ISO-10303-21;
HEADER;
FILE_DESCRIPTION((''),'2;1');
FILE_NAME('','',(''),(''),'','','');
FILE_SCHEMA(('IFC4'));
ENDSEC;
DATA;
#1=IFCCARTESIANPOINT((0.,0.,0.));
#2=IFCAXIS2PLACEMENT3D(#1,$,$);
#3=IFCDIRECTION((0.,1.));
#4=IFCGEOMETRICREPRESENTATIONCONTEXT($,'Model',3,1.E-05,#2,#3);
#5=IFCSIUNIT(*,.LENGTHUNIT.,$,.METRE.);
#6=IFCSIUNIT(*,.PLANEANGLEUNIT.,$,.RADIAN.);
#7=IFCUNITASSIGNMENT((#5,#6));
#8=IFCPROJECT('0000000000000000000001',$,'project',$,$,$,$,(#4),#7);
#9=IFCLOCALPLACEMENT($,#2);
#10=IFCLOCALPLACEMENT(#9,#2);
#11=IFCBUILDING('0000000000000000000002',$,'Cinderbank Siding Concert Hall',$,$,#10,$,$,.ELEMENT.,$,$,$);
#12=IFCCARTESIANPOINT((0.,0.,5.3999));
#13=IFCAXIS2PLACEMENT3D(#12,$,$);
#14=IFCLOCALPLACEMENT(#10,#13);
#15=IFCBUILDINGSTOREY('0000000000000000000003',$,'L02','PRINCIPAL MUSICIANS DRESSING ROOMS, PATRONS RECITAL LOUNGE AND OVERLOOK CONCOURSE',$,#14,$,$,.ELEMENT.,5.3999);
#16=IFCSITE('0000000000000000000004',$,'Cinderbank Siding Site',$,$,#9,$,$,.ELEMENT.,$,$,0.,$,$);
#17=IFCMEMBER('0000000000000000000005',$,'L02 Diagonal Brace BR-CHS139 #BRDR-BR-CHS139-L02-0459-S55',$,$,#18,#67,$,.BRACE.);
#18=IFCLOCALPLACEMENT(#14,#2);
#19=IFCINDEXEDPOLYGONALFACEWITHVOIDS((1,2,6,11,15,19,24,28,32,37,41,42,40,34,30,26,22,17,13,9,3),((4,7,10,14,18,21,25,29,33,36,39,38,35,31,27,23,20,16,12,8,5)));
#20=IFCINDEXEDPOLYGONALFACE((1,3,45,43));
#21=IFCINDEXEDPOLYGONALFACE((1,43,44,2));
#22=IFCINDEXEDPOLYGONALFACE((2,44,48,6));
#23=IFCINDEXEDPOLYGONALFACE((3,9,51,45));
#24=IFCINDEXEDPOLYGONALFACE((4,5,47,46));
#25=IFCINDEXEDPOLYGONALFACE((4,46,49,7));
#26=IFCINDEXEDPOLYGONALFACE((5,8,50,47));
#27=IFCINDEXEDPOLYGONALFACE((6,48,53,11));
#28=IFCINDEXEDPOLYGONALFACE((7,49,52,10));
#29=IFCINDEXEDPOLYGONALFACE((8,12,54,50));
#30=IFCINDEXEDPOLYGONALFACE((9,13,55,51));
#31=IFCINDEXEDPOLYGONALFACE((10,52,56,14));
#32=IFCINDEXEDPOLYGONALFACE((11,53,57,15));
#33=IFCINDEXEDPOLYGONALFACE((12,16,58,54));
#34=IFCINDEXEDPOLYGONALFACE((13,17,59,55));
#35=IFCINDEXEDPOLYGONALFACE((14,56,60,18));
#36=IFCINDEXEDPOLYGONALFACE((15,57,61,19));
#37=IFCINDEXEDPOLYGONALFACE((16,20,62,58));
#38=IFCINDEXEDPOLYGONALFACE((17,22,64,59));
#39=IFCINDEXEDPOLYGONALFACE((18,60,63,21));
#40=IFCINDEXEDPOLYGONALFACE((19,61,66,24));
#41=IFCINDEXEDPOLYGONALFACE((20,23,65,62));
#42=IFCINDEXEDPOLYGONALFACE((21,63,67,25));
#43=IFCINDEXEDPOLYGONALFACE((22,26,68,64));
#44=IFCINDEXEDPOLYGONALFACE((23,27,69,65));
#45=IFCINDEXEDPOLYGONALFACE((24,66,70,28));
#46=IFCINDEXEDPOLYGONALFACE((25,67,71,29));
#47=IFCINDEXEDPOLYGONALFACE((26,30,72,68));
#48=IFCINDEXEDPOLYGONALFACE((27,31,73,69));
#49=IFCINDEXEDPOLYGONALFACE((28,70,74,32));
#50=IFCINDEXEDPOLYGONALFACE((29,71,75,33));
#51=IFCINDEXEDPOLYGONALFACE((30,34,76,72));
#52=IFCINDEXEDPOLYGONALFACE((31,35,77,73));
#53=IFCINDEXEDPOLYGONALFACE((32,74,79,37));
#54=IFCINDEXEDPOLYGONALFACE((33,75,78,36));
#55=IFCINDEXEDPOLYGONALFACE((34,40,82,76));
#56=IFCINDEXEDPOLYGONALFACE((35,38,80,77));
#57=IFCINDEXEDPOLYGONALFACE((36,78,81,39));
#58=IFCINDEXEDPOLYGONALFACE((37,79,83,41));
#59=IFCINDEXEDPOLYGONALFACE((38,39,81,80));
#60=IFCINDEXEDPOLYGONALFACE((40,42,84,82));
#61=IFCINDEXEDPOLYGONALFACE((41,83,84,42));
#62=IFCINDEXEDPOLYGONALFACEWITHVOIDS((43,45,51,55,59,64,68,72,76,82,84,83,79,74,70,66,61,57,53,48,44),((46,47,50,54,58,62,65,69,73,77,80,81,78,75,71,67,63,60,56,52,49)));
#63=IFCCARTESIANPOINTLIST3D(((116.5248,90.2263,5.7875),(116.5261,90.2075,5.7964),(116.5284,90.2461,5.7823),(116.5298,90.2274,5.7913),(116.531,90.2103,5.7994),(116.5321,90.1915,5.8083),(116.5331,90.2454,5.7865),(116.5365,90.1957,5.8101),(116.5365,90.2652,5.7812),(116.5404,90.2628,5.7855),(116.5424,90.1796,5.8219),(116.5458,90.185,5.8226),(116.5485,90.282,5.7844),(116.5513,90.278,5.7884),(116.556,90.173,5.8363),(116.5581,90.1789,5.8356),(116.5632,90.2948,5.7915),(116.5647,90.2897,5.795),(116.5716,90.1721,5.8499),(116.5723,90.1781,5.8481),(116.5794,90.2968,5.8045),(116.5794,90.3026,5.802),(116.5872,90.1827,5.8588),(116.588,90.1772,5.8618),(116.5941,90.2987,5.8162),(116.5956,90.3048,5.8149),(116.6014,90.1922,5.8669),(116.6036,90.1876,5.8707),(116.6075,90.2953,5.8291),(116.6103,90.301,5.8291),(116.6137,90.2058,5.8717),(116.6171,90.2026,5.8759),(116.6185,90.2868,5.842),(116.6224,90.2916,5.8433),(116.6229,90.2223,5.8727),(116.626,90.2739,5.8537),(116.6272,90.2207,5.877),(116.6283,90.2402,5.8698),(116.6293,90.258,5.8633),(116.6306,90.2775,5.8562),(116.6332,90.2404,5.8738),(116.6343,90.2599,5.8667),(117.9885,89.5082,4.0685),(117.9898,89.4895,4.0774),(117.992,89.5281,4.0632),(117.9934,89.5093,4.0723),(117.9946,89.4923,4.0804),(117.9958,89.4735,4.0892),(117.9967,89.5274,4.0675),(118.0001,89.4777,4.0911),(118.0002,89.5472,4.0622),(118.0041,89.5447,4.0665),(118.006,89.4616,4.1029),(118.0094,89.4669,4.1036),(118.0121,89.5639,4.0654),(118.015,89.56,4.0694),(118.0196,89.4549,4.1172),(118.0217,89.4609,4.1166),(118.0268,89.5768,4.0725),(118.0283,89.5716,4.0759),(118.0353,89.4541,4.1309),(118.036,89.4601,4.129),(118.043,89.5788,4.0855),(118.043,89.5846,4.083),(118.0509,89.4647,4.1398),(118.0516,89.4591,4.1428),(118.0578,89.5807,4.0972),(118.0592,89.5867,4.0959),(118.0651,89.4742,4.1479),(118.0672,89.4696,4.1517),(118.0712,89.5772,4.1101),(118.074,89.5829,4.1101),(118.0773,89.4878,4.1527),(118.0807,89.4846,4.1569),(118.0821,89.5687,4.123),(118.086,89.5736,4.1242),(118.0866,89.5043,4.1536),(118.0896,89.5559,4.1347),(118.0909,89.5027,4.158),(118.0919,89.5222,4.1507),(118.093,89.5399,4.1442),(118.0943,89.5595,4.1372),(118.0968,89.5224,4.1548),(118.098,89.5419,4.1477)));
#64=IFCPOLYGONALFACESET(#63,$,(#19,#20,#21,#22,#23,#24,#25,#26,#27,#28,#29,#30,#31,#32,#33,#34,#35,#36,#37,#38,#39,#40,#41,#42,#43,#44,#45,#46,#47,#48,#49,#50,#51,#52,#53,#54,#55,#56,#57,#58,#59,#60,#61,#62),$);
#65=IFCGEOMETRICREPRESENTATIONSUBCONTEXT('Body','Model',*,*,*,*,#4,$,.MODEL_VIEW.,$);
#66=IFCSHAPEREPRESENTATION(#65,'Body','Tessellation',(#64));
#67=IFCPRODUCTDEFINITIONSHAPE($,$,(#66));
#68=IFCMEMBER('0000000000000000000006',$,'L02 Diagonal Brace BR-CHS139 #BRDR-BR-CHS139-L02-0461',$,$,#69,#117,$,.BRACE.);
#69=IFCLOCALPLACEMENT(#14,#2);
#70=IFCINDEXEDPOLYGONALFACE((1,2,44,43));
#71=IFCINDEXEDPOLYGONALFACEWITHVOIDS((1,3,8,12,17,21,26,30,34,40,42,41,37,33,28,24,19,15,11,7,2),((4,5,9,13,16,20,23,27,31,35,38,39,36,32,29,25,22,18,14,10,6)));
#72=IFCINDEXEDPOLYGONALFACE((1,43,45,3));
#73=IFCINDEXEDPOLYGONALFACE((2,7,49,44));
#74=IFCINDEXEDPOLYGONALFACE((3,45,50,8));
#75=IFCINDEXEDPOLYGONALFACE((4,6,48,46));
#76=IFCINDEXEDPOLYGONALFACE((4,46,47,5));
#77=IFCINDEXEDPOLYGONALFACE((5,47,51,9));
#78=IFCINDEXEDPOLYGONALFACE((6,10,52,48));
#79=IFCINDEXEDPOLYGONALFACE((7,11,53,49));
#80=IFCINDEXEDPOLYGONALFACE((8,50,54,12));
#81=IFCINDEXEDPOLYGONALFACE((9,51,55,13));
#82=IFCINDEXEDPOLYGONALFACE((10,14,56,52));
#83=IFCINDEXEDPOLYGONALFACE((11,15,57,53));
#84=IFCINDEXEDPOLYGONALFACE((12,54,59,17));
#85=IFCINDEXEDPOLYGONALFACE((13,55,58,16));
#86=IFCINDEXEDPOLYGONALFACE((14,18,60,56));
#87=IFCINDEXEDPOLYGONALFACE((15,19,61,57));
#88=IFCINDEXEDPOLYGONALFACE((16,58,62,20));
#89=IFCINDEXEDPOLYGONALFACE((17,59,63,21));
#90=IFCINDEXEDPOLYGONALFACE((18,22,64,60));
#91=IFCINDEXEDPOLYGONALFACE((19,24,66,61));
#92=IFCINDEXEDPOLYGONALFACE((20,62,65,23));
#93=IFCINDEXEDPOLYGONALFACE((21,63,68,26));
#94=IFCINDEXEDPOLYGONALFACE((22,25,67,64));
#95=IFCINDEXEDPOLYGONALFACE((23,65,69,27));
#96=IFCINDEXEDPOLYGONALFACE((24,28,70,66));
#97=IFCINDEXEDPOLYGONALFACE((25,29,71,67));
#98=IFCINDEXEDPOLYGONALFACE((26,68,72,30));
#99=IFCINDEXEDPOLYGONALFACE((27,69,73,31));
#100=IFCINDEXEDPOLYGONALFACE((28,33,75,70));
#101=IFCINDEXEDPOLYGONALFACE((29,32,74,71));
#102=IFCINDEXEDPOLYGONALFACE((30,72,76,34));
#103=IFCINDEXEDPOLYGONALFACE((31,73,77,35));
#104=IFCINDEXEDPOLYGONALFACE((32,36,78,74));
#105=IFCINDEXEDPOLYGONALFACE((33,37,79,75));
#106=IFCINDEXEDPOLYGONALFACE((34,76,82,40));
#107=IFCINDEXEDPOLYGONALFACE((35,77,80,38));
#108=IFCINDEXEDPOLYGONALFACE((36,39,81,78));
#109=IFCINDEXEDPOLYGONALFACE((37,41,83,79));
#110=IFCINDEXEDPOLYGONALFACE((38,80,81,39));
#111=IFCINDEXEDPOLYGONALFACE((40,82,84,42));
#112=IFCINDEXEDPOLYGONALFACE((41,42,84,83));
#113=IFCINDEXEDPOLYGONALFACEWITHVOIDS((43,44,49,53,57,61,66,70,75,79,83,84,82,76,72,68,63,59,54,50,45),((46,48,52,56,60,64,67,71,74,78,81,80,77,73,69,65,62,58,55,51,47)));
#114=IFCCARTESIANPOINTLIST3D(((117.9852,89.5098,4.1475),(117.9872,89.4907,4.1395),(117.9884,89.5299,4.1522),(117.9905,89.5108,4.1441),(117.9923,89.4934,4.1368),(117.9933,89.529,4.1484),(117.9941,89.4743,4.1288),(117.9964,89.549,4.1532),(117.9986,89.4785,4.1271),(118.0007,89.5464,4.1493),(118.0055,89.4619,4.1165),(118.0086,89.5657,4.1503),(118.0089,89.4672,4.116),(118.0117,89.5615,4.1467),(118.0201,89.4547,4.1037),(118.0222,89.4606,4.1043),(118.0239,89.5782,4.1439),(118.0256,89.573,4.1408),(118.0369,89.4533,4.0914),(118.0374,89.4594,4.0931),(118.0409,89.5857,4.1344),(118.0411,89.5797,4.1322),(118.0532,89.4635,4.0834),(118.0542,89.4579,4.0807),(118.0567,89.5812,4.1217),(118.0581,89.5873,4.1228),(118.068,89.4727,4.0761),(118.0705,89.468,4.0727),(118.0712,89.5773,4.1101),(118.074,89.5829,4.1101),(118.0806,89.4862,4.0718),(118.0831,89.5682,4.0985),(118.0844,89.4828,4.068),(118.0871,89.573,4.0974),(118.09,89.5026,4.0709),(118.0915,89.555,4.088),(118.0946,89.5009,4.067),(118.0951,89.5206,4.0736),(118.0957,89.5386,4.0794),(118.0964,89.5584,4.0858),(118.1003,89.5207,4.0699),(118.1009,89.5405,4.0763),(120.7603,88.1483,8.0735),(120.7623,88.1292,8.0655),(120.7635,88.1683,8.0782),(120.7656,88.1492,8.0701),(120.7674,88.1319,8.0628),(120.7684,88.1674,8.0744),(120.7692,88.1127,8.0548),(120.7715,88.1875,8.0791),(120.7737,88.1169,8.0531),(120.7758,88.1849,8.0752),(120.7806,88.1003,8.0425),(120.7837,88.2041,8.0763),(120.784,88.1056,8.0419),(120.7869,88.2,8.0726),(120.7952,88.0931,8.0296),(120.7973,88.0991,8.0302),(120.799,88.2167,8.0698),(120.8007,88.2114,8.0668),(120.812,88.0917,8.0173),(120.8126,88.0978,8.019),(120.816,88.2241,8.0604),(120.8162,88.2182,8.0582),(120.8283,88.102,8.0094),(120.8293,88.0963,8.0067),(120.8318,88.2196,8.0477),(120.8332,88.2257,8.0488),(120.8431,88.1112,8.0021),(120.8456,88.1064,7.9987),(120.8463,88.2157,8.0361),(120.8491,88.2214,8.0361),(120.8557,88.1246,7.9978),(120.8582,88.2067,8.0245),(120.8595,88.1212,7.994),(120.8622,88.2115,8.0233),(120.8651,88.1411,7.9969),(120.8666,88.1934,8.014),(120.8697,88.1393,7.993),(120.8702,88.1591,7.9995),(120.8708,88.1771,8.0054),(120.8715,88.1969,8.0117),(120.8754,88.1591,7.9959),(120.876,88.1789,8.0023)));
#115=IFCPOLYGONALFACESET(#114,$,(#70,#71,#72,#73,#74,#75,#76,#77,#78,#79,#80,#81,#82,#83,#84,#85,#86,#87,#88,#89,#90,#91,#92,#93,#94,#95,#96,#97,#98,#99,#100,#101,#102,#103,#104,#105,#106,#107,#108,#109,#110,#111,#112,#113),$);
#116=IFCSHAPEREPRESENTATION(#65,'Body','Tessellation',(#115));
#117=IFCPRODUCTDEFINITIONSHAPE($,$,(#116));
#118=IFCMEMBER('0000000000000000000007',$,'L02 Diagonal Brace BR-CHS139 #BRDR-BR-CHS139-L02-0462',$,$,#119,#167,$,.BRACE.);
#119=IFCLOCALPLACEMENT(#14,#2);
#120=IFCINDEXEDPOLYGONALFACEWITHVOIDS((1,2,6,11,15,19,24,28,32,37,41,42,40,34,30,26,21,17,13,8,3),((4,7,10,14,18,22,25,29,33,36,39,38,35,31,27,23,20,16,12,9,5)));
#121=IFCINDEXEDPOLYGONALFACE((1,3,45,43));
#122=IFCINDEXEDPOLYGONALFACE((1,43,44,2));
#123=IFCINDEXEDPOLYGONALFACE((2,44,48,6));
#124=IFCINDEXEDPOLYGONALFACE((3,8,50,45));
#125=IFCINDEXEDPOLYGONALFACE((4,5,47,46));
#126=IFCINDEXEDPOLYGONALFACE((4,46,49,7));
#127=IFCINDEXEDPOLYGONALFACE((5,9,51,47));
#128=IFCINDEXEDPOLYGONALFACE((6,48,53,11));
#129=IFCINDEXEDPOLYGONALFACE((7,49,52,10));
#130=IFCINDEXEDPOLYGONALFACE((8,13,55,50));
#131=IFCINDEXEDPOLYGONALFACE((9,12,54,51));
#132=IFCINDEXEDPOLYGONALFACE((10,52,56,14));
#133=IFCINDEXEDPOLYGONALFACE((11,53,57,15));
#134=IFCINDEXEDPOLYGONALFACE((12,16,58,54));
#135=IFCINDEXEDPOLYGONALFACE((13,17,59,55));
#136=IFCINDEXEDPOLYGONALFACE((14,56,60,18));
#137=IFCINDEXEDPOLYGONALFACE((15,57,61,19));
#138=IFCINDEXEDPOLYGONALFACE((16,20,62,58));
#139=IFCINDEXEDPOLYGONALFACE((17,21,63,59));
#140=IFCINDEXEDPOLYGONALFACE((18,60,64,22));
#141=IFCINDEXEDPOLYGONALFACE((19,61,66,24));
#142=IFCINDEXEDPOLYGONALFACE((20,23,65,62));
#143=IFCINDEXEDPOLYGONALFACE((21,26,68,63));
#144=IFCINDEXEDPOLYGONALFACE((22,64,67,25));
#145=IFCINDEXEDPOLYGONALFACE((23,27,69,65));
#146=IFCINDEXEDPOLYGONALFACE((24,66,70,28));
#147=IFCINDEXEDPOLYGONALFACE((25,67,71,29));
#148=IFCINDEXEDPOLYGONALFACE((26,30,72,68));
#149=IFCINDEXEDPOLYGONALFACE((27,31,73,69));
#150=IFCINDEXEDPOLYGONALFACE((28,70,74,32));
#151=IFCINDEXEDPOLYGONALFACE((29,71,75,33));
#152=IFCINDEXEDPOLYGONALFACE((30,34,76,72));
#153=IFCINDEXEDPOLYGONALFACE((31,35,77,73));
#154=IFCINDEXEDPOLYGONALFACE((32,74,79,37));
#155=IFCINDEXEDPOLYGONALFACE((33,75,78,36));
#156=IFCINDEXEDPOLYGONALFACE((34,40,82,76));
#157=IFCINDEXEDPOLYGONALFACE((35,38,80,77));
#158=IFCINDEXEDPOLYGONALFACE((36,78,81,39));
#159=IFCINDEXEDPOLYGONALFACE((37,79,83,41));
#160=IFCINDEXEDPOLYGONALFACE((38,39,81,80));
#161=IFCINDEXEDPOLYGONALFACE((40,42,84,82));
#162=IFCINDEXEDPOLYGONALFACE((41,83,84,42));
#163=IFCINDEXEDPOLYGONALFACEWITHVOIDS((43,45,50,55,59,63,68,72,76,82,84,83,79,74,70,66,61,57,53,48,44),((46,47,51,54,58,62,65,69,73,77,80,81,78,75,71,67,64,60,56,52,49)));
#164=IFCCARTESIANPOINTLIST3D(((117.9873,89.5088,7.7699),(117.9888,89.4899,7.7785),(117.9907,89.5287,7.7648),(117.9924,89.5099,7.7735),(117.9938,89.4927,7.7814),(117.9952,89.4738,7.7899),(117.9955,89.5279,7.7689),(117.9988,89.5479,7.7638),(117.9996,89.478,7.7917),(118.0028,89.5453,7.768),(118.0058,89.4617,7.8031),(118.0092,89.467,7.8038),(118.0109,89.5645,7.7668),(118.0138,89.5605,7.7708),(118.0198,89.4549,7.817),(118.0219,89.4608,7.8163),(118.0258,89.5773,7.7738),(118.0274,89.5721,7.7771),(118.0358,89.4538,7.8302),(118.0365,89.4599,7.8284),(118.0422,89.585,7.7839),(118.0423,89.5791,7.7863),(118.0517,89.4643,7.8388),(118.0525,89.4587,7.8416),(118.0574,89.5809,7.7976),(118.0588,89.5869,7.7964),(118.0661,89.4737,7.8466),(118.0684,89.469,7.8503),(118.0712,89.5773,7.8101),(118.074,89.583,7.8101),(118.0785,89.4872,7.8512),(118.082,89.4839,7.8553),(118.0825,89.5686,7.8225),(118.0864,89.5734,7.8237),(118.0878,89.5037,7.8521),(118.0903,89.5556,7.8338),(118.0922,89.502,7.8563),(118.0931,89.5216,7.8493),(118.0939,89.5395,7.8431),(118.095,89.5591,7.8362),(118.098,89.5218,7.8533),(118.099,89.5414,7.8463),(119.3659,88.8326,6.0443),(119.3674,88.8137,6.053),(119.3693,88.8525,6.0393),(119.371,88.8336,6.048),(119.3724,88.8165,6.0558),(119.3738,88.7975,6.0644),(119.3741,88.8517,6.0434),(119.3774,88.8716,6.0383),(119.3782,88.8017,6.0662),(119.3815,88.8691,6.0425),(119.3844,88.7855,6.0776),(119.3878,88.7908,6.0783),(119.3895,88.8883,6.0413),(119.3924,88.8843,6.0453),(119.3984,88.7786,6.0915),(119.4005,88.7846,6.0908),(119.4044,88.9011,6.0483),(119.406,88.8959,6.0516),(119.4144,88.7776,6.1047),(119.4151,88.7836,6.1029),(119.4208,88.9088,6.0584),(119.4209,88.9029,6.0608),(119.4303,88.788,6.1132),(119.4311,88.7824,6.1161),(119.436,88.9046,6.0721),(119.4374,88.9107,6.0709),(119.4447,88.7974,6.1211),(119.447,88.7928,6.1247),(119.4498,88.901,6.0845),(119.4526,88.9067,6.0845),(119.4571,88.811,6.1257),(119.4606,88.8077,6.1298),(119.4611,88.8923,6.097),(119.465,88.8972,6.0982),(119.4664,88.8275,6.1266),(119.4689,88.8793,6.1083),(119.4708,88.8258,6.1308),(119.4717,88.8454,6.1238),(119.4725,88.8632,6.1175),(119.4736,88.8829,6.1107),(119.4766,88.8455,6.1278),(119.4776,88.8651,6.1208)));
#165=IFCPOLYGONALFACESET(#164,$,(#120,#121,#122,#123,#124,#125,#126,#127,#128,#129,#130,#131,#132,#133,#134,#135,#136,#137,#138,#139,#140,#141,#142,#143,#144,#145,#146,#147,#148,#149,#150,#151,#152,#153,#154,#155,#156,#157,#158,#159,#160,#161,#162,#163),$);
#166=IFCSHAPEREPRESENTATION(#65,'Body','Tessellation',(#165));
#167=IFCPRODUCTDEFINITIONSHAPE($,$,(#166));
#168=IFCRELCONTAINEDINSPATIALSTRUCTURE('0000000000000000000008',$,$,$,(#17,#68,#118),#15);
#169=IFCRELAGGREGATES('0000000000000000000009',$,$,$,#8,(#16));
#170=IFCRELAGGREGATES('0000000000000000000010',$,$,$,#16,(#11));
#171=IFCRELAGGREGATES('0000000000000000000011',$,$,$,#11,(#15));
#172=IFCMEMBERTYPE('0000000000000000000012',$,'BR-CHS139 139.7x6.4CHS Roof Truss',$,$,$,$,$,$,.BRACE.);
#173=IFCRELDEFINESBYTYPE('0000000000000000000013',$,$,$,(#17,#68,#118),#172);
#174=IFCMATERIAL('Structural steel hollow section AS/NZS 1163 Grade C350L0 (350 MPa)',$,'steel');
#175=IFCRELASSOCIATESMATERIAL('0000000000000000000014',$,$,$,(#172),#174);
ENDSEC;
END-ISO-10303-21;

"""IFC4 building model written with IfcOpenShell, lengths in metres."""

from ifc_helpers import new_model, si_unit, direction, frame, origin, origin_2d, place, context, subcontext, project, spatial, hollow_circle, extrude, material, material_profile, profile_set, type_object, element, save


model = new_model("IFC4")

# Units and contexts
model_context = context("Model", 3, precision=1e-05, world=origin(), true_north=direction((0.0, 1.0)))
body_context = subcontext(model_context, "Body", "Model", "MODEL_VIEW")
ifc_project = project(units=[si_unit("LENGTHUNIT", "METRE"), si_unit("PLANEANGLEUNIT", "RADIAN")], contexts=[model_context])

# Site, building, storey
site_placement = place(None, origin())
site = spatial("IfcSite", under=ifc_project, at=site_placement, Name="Cinderbank Siding Site", CompositionType="ELEMENT", RefElevation=0.0)
building_placement = place(site_placement, origin())
building = spatial("IfcBuilding", under=site, at=building_placement, Name="Cinderbank Siding Concert Hall", CompositionType="ELEMENT")
storey_placement = place(building_placement, frame((0.0, 0.0, 5.3999)))
storey = spatial("IfcBuildingStorey", under=building, at=storey_placement, Name="L02", Description="PRINCIPAL MUSICIANS DRESSING ROOMS, PATRONS RECITAL LOUNGE AND OVERLOOK CONCOURSE", CompositionType="ELEMENT", Elevation=5.3999)

# Members
ifc_material_1 = material(Name="Structural steel hollow section AS/NZS 1163 Grade C350L0 (350 MPa)", Category="steel")
ifc_material_profile_1 = material_profile(ifc_material_1, hollow_circle(Radius=0.0698, WallThickness=0.0063, at=origin_2d()), Name="139.7x6.4CHS", Category="LoadBearing")
ifc_profile_set_1 = profile_set([ifc_material_profile_1], Name="Structural steel hollow section AS/NZS 1163 Grade C350L0 (350 MPa)")
member_type_1 = type_object("IfcMemberType", Name="BR-CHS139 139.7x6.4CHS Roof Truss", PredefinedType="BRACE", material=ifc_profile_set_1)
member_1_placement = place(storey_placement, frame((116.5796, 90.2383, 5.8291), z_axis=(0.617794, -0.303075, -0.725586), x_axis=(0.440432, 0.897786, 0.0)))
element("IfcMember", 1, at=member_1_placement, inside=storey, type_object=member_type_1, Name="L02 Diagonal Brace BR-CHS139 #BRDR-BR-CHS139-L02-0459-S55", PredefinedType="BRACE", context=body_context, shape_type="SweptSolid", body=[
    extrude(hollow_circle(Radius=0.0698, WallThickness=0.0063, at=origin_2d()), origin(), (0.0, 0.0, 1.0), 2.3691),
])
member_2_placement = place(storey_placement, frame((118.0432, 89.5203, 4.1101), z_axis=(0.555374, -0.272483, 0.785692), x_axis=(0.440472, 0.897766, 0.0)))
element("IfcMember", 2, at=member_2_placement, inside=storey, type_object=member_type_1, Name="L02 Diagonal Brace BR-CHS139 #BRDR-BR-CHS139-L02-0461", PredefinedType="BRACE", context=body_context, shape_type="SweptSolid", body=[
    extrude(hollow_circle(Radius=0.0698, WallThickness=0.0063, at=origin_2d()), origin(), (0.0, 0.0, 1.0), 4.9968),
])
member_3_placement = place(storey_placement, frame((118.0432, 89.5203, 7.8101), z_axis=(0.596846, -0.292768, -0.747035), x_axis=(0.440396, 0.897804, 0.0)))
element("IfcMember", 3, at=member_3_placement, inside=storey, type_object=member_type_1, Name="L02 Diagonal Brace BR-CHS139 #BRDR-BR-CHS139-L02-0462", PredefinedType="BRACE", context=body_context, shape_type="SweptSolid", body=[
    extrude(hollow_circle(Radius=0.0698, WallThickness=0.0063, at=origin_2d()), origin(), (0.0, 0.0, 1.0), 2.3098),
])

save(model, "model.ifc")
